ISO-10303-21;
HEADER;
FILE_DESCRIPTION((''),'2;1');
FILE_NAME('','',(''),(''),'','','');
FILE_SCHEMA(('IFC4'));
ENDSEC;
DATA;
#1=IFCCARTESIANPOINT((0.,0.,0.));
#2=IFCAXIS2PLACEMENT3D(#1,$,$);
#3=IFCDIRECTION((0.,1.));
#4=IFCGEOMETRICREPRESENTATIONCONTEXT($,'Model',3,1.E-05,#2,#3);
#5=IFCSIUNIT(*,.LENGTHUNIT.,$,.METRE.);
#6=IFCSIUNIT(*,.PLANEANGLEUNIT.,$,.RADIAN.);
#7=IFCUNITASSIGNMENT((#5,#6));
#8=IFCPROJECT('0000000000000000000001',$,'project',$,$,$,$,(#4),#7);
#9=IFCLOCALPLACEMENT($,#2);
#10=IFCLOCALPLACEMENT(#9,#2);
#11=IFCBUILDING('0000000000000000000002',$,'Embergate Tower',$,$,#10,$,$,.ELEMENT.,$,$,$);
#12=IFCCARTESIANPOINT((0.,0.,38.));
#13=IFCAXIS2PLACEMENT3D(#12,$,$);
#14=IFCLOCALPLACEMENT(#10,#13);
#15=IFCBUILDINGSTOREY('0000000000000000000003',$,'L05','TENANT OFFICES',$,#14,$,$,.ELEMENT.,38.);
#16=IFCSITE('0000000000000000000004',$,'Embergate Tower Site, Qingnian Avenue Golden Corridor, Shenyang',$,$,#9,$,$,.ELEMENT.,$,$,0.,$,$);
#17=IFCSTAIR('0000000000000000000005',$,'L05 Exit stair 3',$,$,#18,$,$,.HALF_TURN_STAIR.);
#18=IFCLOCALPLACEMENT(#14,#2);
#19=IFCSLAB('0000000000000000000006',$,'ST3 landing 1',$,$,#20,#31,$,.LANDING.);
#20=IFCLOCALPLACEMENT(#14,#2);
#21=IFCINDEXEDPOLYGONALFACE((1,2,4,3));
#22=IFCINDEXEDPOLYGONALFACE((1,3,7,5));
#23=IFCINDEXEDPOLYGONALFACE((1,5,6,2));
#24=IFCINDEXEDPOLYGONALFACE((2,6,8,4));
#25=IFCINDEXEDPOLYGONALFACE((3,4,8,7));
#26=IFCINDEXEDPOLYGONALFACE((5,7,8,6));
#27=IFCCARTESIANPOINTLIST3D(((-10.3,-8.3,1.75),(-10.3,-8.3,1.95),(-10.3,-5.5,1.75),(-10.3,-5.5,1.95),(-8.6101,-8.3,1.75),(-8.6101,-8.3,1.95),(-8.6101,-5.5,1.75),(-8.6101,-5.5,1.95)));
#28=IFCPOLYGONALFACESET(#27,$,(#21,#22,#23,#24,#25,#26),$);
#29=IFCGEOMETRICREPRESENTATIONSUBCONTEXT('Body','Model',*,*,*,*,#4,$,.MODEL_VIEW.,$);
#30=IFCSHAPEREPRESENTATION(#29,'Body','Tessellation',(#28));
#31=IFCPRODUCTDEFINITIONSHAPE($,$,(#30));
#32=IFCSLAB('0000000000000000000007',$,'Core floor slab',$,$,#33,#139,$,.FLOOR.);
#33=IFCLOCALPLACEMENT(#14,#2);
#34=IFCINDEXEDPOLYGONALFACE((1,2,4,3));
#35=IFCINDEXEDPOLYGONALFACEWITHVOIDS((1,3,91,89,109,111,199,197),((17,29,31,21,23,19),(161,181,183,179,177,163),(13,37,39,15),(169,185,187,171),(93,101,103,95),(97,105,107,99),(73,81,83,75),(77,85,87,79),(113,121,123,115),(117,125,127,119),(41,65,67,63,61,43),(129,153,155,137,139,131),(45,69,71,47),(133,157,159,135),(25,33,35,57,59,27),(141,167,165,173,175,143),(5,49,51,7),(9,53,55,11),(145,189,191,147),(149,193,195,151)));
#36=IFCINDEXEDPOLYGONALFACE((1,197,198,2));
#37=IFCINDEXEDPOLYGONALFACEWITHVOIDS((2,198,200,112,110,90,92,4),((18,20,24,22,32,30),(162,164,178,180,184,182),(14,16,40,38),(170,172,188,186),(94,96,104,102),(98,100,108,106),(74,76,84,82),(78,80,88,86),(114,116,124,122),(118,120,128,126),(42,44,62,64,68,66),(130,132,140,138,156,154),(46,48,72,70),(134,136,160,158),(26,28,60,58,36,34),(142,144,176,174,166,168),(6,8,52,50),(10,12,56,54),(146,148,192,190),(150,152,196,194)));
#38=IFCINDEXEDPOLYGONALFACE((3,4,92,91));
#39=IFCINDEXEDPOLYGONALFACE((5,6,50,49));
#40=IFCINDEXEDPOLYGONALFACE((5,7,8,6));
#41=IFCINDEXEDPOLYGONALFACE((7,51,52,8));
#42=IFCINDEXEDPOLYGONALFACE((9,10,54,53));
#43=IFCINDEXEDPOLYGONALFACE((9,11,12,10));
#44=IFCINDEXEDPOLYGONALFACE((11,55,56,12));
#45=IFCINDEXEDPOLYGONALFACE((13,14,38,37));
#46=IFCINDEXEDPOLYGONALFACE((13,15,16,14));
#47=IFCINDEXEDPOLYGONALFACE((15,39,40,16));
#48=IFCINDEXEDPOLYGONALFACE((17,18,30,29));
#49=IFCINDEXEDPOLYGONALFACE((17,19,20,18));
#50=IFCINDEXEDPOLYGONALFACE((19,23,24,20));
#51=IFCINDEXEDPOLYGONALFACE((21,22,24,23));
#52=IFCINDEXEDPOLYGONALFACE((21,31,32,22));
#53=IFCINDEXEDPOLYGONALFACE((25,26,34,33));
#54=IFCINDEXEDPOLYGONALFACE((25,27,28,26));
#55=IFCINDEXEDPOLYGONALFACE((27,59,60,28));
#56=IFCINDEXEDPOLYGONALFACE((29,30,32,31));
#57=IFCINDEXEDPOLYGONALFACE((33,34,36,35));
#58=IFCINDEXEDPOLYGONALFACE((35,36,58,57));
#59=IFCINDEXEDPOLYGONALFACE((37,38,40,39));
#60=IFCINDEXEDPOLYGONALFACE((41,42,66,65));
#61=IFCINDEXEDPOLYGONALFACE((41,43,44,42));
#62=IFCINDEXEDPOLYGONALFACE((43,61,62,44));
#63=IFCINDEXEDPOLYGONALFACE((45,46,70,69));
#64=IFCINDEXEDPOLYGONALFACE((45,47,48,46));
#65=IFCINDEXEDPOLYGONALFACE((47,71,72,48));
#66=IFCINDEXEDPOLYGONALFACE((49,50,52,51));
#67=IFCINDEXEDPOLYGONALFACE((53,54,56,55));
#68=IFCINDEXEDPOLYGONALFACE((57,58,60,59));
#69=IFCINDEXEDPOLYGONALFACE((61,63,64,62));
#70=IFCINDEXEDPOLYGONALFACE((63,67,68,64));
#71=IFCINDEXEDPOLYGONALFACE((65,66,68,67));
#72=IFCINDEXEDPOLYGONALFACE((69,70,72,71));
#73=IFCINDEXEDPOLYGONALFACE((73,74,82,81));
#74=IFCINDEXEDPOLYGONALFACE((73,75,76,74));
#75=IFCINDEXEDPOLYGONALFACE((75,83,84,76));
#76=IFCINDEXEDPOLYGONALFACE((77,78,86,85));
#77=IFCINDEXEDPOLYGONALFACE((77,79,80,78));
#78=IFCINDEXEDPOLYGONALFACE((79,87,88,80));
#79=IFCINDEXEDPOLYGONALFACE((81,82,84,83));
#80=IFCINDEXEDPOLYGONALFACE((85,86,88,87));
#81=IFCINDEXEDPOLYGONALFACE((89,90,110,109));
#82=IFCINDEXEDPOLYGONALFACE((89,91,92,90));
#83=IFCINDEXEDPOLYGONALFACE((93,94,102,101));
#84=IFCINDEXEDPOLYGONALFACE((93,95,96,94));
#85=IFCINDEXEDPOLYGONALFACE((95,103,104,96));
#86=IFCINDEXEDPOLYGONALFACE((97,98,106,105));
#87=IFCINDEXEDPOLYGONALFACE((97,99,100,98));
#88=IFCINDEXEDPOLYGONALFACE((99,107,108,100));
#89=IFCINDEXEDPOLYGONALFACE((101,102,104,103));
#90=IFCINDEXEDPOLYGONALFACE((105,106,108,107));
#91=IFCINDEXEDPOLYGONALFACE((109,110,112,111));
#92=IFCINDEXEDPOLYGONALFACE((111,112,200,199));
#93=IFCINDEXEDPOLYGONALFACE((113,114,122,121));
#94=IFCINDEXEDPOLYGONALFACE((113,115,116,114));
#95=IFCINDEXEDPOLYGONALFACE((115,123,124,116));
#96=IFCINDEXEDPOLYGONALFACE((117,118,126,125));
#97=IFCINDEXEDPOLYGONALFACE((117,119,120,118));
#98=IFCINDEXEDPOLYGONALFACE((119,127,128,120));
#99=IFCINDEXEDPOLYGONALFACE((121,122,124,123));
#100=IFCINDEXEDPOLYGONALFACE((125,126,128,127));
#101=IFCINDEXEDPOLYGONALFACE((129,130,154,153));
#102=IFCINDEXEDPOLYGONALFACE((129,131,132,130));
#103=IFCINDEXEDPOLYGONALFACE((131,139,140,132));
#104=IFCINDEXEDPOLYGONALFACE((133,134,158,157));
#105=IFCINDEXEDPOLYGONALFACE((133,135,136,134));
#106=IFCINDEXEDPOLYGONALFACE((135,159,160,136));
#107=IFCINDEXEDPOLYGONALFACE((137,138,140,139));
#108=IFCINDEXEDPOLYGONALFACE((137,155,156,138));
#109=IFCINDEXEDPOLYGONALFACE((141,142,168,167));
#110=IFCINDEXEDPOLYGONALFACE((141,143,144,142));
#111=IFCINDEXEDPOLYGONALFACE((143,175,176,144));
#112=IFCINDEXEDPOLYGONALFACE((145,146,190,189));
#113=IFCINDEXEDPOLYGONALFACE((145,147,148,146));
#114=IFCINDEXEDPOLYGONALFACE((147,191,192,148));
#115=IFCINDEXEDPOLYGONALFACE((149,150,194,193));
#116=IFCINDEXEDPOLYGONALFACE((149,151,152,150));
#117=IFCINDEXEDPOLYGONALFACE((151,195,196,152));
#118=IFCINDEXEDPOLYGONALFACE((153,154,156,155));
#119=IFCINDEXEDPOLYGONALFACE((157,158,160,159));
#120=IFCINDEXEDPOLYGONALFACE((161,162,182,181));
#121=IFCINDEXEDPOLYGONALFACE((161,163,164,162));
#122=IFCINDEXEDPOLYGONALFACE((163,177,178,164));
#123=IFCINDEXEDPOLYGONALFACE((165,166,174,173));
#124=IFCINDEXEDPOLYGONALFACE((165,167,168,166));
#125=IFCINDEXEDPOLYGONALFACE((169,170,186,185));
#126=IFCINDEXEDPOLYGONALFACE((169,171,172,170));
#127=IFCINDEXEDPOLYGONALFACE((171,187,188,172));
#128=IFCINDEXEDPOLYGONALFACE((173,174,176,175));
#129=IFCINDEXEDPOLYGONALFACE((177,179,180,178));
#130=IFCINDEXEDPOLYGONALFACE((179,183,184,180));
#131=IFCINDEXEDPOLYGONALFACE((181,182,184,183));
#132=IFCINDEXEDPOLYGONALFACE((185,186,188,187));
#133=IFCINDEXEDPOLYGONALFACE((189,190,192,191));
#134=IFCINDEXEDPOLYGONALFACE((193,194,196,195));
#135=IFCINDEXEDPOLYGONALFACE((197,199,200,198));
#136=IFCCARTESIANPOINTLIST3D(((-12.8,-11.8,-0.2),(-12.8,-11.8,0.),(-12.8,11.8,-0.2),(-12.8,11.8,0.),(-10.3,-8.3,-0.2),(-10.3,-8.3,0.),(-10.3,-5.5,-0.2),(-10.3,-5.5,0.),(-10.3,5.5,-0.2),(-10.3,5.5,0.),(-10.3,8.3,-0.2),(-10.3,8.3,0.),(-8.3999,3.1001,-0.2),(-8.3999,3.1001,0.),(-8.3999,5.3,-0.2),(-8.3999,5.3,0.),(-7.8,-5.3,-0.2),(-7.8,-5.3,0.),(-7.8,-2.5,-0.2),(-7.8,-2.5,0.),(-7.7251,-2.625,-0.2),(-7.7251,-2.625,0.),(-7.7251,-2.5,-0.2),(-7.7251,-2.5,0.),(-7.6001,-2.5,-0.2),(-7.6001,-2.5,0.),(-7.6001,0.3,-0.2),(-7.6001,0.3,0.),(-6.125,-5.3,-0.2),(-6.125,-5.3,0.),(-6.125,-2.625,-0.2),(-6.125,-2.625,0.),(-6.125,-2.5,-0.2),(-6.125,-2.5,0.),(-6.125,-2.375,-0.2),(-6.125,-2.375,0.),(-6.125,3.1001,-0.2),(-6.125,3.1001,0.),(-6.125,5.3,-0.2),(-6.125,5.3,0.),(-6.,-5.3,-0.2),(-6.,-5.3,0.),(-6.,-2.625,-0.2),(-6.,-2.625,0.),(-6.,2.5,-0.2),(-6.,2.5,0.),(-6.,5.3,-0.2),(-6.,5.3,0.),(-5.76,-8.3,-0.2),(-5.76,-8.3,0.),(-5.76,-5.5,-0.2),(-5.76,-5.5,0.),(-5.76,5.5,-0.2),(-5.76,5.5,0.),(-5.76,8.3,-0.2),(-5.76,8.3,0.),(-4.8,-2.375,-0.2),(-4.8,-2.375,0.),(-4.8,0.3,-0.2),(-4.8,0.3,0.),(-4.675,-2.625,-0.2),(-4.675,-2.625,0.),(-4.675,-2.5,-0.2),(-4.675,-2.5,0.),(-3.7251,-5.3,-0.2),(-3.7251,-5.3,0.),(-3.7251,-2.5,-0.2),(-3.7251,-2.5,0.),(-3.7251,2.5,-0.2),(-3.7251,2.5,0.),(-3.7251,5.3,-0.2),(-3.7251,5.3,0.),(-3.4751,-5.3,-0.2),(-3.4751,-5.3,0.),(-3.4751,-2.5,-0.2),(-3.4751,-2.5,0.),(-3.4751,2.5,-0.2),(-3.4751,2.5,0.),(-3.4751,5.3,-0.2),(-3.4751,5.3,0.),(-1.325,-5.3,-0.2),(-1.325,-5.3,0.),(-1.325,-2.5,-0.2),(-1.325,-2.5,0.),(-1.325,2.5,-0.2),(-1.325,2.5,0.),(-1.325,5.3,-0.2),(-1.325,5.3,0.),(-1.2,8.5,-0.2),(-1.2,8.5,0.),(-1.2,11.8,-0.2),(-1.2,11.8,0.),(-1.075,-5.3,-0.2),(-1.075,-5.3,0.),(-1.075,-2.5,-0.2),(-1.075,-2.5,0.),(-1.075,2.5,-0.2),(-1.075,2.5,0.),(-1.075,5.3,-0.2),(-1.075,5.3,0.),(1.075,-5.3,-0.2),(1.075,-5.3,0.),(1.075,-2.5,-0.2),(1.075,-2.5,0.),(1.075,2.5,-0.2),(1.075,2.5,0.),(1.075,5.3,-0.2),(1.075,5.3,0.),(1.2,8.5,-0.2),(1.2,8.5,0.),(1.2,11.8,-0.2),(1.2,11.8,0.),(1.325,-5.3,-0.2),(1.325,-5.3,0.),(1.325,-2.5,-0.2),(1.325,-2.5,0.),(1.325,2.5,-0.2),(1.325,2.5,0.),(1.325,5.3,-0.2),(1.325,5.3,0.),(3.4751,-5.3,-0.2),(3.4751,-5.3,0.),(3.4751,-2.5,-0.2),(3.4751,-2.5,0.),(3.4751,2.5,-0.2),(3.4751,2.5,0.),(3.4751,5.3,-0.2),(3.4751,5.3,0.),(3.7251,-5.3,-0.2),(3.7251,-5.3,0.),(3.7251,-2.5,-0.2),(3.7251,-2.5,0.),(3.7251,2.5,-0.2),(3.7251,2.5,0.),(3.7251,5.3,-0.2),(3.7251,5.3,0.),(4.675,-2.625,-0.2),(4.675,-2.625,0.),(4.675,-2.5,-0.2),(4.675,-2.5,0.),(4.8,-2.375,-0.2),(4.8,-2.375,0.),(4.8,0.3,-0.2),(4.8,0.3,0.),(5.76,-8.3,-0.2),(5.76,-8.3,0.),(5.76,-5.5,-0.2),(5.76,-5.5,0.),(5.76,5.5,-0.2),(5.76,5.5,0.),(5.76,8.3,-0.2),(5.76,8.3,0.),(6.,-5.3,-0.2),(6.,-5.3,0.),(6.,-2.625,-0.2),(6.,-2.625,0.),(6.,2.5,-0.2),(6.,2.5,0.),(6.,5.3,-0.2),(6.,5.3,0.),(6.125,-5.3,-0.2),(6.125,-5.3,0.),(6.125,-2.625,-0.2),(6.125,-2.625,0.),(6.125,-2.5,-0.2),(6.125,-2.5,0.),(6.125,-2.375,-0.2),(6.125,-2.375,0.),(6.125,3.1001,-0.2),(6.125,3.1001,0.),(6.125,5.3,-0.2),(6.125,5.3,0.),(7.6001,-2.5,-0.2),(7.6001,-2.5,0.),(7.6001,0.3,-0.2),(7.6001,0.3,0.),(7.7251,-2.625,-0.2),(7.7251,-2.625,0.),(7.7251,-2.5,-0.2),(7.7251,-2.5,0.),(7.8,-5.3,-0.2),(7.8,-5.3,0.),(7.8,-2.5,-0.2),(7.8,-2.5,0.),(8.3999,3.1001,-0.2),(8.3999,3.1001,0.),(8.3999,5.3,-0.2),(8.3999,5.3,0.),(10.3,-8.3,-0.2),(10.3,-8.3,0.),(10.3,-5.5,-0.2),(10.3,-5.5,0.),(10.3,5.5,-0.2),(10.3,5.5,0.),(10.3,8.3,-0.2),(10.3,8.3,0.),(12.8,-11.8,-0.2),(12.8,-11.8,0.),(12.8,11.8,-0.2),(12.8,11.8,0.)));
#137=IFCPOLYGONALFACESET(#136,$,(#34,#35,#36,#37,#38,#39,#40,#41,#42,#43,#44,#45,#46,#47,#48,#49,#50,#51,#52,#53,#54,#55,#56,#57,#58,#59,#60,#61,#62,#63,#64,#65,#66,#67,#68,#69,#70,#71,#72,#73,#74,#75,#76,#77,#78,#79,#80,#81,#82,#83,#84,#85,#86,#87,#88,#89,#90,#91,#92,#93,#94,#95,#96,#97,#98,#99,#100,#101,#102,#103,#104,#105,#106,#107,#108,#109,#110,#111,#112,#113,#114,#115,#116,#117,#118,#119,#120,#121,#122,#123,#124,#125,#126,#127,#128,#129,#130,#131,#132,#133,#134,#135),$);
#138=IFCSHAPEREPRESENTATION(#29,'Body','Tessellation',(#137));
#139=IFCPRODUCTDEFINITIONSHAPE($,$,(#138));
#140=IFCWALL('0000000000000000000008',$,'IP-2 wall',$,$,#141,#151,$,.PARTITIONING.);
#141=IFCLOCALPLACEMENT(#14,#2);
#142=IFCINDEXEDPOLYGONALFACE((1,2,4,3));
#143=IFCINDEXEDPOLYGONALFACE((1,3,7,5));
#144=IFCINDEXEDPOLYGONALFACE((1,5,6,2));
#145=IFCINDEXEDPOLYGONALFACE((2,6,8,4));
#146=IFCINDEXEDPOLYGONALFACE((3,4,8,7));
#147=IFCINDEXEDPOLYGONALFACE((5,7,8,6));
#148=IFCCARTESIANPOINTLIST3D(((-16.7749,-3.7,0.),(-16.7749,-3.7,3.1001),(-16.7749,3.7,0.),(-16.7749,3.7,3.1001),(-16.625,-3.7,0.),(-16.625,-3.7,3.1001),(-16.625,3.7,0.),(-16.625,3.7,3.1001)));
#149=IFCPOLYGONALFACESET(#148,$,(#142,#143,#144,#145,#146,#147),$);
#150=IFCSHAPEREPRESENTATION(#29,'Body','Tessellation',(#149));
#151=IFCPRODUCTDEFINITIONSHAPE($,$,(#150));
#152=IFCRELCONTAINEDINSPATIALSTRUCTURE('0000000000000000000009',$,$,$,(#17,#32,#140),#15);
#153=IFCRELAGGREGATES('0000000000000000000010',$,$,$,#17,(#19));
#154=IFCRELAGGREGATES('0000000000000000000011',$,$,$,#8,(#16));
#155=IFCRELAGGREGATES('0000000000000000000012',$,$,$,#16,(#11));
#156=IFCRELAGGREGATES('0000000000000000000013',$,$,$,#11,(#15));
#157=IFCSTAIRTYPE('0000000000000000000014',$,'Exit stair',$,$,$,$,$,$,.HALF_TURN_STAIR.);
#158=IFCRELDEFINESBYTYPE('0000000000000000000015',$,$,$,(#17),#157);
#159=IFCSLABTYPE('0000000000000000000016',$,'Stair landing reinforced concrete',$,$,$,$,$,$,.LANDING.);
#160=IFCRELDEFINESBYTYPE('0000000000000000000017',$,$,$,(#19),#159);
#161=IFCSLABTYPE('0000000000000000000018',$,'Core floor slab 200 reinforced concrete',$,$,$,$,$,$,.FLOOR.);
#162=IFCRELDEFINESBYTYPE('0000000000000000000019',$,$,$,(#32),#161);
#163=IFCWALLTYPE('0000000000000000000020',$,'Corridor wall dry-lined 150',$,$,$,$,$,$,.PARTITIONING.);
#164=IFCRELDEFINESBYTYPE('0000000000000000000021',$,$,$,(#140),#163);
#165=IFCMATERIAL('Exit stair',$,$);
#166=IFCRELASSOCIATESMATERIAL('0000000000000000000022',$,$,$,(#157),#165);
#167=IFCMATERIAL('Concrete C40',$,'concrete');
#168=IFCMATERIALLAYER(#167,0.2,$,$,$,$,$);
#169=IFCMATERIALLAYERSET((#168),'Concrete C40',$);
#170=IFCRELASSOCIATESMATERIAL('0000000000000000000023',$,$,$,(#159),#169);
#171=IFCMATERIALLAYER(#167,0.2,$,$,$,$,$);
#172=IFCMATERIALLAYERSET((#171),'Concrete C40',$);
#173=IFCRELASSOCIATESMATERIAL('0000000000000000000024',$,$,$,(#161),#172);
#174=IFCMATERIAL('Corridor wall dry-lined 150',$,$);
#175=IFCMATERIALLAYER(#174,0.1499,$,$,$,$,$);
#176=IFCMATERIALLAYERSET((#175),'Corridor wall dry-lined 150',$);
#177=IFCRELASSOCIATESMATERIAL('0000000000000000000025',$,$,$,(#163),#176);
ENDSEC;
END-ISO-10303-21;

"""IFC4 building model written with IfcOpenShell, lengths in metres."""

from ifc_helpers import new_model, si_unit, direction, frame, frame_2d, origin, place, context, subcontext, project, spatial, polyline, rectangle, outline, extrude, source, transform, mapped, material, layer, layer_set, type_object, element, aggregate, save


model = new_model("IFC4")

# Units and contexts
model_context = context("Model", 3, precision=1e-05, world=origin(), true_north=direction((0.0, 1.0)))
body_context = subcontext(model_context, "Body", "Model", "MODEL_VIEW")
ifc_project = project(units=[si_unit("LENGTHUNIT", "METRE"), si_unit("PLANEANGLEUNIT", "RADIAN")], contexts=[model_context])

# Site, building, storey
site_placement = place(None, origin())
site = spatial("IfcSite", under=ifc_project, at=site_placement, Name="Embergate Tower Site, Qingnian Avenue Golden Corridor, Shenyang", CompositionType="ELEMENT", RefElevation=0.0)
building_placement = place(site_placement, origin())
building = spatial("IfcBuilding", under=site, at=building_placement, Name="Embergate Tower", CompositionType="ELEMENT")
storey_placement = place(building_placement, frame((0.0, 0.0, 38.0)))
storey = spatial("IfcBuildingStorey", under=building, at=storey_placement, Name="L05", Description="TENANT OFFICES", CompositionType="ELEMENT", Elevation=38.0)

# Stair, slab
ifc_material_1 = material(Name="Exit stair")
stair_type = type_object("IfcStairType", Name="Exit stair", PredefinedType="HALF_TURN_STAIR", material=ifc_material_1)
stair_placement = place(storey_placement, origin())
stair = element("IfcStair", 1, at=stair_placement, inside=storey, type_object=stair_type, Name="L05 Exit stair 3", PredefinedType="HALF_TURN_STAIR")
ifc_material_2 = material(Name="Concrete C40", Category="concrete")
ifc_layer_1 = layer(ifc_material_2, 0.2)
ifc_layer_set_1 = layer_set([ifc_layer_1], Name="Concrete C40")
slab_type_1 = type_object("IfcSlabType", Name="Stair landing reinforced concrete", PredefinedType="LANDING", material=ifc_layer_set_1)
shared_shape_1 = source(origin(), body_context, "Body", "SweptSolid", [
    extrude(outline(polyline([(0.0, 0.0), (1.6899, 0.0), (1.6899, 2.8), (0.0, 2.8), (0.0, 0.0)])), origin(), (0.0, 0.0, 1.0), 0.2),
])
slab_1_placement = place(storey_placement, frame((-10.3, -8.3, 1.75)))
slab_1 = element("IfcSlab", 2, at=slab_1_placement, type_object=slab_type_1, Name="ST3 landing 1", PredefinedType="LANDING", context=body_context, shape_type="MappedRepresentation", body=[
    mapped(shared_shape_1, transform((0.0, 0.0, 0.0))),
])

# Slab
ifc_layer_2 = layer(ifc_material_2, 0.2)
ifc_layer_set_2 = layer_set([ifc_layer_2], Name="Concrete C40")
slab_type_2 = type_object("IfcSlabType", Name="Core floor slab 200 reinforced concrete", PredefinedType="FLOOR", material=ifc_layer_set_2)
shared_shape_2 = source(origin(), body_context, "Body", "SweptSolid", [
    extrude(outline(polyline([(0.0, 0.0), (25.6001, 0.0), (25.6001, 23.6001), (14.0, 23.6001), (14.0, 20.3), (11.6001, 20.3), (11.6001, 23.6001), (0.0, 23.6001), (0.0, 0.0)]), holes=[polyline([(2.5, 3.5), (2.5, 6.3), (7.04, 6.3), (7.04, 3.5), (2.5, 3.5)]), polyline([(18.5601, 3.5), (18.5601, 6.3), (23.1001, 6.3), (23.1001, 3.5), (18.5601, 3.5)]), polyline([(5.0, 6.5), (5.0, 9.3), (5.075, 9.3), (5.075, 9.175), (6.675, 9.175), (6.675, 6.5), (5.0, 6.5)]), polyline([(6.8, 6.5), (6.8, 9.175), (8.125, 9.175), (8.125, 9.3), (9.075, 9.3), (9.075, 6.5), (6.8, 6.5)]), polyline([(9.325, 6.5), (9.325, 9.3), (11.4751, 9.3), (11.4751, 6.5), (9.325, 6.5)]), polyline([(11.7251, 6.5), (11.7251, 9.3), (13.875, 9.3), (13.875, 6.5), (11.7251, 6.5)]), polyline([(14.125, 6.5), (14.125, 9.3), (16.2751, 9.3), (16.2751, 6.5), (14.125, 6.5)]), polyline([(16.5251, 6.5), (16.5251, 9.3), (17.4751, 9.3), (17.4751, 9.175), (18.8, 9.175), (18.8, 6.5), (16.5251, 6.5)]), polyline([(18.925, 6.5), (18.925, 9.175), (20.5251, 9.175), (20.5251, 9.3), (20.6001, 9.3), (20.6001, 6.5), (18.925, 6.5)]), polyline([(5.2, 9.3), (5.2, 12.1001), (8.0, 12.1001), (8.0, 9.425), (6.675, 9.425), (6.675, 9.3), (5.2, 9.3)]), polyline([(18.925, 9.3), (18.925, 9.425), (17.6001, 9.425), (17.6001, 12.1001), (20.4001, 12.1001), (20.4001, 9.3), (18.925, 9.3)]), polyline([(6.8, 14.3), (6.8, 17.1001), (9.075, 17.1001), (9.075, 14.3), (6.8, 14.3)]), polyline([(9.325, 14.3), (9.325, 17.1001), (11.4751, 17.1001), (11.4751, 14.3), (9.325, 14.3)]), polyline([(11.7251, 14.3), (11.7251, 17.1001), (13.875, 17.1001), (13.875, 14.3), (11.7251, 14.3)]), polyline([(14.125, 14.3), (14.125, 17.1001), (16.2751, 17.1001), (16.2751, 14.3), (14.125, 14.3)]), polyline([(16.5251, 14.3), (16.5251, 17.1001), (18.8, 17.1001), (18.8, 14.3), (16.5251, 14.3)]), polyline([(4.4001, 14.9001), (4.4001, 17.1001), (6.675, 17.1001), (6.675, 14.9001), (4.4001, 14.9001)]), polyline([(18.925, 14.9001), (18.925, 17.1001), (21.2, 17.1001), (21.2, 14.9001), (18.925, 14.9001)]), polyline([(2.5, 17.3), (2.5, 20.1001), (7.04, 20.1001), (7.04, 17.3), (2.5, 17.3)]), polyline([(18.5601, 17.3), (18.5601, 20.1001), (23.1001, 20.1001), (23.1001, 17.3), (18.5601, 17.3)])]), origin(), (0.0, 0.0, 1.0), 0.2),
])
slab_2_placement = place(storey_placement, frame((-12.8, -11.8, -0.2)))
element("IfcSlab", 3, at=slab_2_placement, inside=storey, type_object=slab_type_2, Name="Core floor slab", PredefinedType="FLOOR", context=body_context, shape_type="MappedRepresentation", body=[
    mapped(shared_shape_2, transform((0.0, 0.0, 0.0))),
])

# Wall
ifc_material_3 = material(Name="Corridor wall dry-lined 150")
ifc_layer_3 = layer(ifc_material_3, 0.1499)
ifc_layer_set_3 = layer_set([ifc_layer_3], Name="Corridor wall dry-lined 150")
wall_type_1 = type_object("IfcWallType", Name="Corridor wall dry-lined 150", PredefinedType="PARTITIONING", material=ifc_layer_set_3)
shared_shape_3 = source(origin(), body_context, "Body", "SweptSolid", [
    extrude(rectangle(XDim=7.3999, YDim=0.1499, at=frame_2d((3.7, 0.0))), origin(), (0.0, 0.0, 1.0), 3.1001),
])
wall_1_placement = place(storey_placement, frame((-16.7, -3.7, 0.0), z_axis=(0.0, 0.0, 1.0), x_axis=(0.0, 1.0, 0.0)))
element("IfcWall", 4, at=wall_1_placement, inside=storey, type_object=wall_type_1, Name="IP-2 wall", PredefinedType="PARTITIONING", context=body_context, shape_type="MappedRepresentation", body=[
    mapped(shared_shape_3, transform((0.0, 0.0, 0.0))),
])

aggregate(stair, [slab_1])

save(model, "model.ifc")
